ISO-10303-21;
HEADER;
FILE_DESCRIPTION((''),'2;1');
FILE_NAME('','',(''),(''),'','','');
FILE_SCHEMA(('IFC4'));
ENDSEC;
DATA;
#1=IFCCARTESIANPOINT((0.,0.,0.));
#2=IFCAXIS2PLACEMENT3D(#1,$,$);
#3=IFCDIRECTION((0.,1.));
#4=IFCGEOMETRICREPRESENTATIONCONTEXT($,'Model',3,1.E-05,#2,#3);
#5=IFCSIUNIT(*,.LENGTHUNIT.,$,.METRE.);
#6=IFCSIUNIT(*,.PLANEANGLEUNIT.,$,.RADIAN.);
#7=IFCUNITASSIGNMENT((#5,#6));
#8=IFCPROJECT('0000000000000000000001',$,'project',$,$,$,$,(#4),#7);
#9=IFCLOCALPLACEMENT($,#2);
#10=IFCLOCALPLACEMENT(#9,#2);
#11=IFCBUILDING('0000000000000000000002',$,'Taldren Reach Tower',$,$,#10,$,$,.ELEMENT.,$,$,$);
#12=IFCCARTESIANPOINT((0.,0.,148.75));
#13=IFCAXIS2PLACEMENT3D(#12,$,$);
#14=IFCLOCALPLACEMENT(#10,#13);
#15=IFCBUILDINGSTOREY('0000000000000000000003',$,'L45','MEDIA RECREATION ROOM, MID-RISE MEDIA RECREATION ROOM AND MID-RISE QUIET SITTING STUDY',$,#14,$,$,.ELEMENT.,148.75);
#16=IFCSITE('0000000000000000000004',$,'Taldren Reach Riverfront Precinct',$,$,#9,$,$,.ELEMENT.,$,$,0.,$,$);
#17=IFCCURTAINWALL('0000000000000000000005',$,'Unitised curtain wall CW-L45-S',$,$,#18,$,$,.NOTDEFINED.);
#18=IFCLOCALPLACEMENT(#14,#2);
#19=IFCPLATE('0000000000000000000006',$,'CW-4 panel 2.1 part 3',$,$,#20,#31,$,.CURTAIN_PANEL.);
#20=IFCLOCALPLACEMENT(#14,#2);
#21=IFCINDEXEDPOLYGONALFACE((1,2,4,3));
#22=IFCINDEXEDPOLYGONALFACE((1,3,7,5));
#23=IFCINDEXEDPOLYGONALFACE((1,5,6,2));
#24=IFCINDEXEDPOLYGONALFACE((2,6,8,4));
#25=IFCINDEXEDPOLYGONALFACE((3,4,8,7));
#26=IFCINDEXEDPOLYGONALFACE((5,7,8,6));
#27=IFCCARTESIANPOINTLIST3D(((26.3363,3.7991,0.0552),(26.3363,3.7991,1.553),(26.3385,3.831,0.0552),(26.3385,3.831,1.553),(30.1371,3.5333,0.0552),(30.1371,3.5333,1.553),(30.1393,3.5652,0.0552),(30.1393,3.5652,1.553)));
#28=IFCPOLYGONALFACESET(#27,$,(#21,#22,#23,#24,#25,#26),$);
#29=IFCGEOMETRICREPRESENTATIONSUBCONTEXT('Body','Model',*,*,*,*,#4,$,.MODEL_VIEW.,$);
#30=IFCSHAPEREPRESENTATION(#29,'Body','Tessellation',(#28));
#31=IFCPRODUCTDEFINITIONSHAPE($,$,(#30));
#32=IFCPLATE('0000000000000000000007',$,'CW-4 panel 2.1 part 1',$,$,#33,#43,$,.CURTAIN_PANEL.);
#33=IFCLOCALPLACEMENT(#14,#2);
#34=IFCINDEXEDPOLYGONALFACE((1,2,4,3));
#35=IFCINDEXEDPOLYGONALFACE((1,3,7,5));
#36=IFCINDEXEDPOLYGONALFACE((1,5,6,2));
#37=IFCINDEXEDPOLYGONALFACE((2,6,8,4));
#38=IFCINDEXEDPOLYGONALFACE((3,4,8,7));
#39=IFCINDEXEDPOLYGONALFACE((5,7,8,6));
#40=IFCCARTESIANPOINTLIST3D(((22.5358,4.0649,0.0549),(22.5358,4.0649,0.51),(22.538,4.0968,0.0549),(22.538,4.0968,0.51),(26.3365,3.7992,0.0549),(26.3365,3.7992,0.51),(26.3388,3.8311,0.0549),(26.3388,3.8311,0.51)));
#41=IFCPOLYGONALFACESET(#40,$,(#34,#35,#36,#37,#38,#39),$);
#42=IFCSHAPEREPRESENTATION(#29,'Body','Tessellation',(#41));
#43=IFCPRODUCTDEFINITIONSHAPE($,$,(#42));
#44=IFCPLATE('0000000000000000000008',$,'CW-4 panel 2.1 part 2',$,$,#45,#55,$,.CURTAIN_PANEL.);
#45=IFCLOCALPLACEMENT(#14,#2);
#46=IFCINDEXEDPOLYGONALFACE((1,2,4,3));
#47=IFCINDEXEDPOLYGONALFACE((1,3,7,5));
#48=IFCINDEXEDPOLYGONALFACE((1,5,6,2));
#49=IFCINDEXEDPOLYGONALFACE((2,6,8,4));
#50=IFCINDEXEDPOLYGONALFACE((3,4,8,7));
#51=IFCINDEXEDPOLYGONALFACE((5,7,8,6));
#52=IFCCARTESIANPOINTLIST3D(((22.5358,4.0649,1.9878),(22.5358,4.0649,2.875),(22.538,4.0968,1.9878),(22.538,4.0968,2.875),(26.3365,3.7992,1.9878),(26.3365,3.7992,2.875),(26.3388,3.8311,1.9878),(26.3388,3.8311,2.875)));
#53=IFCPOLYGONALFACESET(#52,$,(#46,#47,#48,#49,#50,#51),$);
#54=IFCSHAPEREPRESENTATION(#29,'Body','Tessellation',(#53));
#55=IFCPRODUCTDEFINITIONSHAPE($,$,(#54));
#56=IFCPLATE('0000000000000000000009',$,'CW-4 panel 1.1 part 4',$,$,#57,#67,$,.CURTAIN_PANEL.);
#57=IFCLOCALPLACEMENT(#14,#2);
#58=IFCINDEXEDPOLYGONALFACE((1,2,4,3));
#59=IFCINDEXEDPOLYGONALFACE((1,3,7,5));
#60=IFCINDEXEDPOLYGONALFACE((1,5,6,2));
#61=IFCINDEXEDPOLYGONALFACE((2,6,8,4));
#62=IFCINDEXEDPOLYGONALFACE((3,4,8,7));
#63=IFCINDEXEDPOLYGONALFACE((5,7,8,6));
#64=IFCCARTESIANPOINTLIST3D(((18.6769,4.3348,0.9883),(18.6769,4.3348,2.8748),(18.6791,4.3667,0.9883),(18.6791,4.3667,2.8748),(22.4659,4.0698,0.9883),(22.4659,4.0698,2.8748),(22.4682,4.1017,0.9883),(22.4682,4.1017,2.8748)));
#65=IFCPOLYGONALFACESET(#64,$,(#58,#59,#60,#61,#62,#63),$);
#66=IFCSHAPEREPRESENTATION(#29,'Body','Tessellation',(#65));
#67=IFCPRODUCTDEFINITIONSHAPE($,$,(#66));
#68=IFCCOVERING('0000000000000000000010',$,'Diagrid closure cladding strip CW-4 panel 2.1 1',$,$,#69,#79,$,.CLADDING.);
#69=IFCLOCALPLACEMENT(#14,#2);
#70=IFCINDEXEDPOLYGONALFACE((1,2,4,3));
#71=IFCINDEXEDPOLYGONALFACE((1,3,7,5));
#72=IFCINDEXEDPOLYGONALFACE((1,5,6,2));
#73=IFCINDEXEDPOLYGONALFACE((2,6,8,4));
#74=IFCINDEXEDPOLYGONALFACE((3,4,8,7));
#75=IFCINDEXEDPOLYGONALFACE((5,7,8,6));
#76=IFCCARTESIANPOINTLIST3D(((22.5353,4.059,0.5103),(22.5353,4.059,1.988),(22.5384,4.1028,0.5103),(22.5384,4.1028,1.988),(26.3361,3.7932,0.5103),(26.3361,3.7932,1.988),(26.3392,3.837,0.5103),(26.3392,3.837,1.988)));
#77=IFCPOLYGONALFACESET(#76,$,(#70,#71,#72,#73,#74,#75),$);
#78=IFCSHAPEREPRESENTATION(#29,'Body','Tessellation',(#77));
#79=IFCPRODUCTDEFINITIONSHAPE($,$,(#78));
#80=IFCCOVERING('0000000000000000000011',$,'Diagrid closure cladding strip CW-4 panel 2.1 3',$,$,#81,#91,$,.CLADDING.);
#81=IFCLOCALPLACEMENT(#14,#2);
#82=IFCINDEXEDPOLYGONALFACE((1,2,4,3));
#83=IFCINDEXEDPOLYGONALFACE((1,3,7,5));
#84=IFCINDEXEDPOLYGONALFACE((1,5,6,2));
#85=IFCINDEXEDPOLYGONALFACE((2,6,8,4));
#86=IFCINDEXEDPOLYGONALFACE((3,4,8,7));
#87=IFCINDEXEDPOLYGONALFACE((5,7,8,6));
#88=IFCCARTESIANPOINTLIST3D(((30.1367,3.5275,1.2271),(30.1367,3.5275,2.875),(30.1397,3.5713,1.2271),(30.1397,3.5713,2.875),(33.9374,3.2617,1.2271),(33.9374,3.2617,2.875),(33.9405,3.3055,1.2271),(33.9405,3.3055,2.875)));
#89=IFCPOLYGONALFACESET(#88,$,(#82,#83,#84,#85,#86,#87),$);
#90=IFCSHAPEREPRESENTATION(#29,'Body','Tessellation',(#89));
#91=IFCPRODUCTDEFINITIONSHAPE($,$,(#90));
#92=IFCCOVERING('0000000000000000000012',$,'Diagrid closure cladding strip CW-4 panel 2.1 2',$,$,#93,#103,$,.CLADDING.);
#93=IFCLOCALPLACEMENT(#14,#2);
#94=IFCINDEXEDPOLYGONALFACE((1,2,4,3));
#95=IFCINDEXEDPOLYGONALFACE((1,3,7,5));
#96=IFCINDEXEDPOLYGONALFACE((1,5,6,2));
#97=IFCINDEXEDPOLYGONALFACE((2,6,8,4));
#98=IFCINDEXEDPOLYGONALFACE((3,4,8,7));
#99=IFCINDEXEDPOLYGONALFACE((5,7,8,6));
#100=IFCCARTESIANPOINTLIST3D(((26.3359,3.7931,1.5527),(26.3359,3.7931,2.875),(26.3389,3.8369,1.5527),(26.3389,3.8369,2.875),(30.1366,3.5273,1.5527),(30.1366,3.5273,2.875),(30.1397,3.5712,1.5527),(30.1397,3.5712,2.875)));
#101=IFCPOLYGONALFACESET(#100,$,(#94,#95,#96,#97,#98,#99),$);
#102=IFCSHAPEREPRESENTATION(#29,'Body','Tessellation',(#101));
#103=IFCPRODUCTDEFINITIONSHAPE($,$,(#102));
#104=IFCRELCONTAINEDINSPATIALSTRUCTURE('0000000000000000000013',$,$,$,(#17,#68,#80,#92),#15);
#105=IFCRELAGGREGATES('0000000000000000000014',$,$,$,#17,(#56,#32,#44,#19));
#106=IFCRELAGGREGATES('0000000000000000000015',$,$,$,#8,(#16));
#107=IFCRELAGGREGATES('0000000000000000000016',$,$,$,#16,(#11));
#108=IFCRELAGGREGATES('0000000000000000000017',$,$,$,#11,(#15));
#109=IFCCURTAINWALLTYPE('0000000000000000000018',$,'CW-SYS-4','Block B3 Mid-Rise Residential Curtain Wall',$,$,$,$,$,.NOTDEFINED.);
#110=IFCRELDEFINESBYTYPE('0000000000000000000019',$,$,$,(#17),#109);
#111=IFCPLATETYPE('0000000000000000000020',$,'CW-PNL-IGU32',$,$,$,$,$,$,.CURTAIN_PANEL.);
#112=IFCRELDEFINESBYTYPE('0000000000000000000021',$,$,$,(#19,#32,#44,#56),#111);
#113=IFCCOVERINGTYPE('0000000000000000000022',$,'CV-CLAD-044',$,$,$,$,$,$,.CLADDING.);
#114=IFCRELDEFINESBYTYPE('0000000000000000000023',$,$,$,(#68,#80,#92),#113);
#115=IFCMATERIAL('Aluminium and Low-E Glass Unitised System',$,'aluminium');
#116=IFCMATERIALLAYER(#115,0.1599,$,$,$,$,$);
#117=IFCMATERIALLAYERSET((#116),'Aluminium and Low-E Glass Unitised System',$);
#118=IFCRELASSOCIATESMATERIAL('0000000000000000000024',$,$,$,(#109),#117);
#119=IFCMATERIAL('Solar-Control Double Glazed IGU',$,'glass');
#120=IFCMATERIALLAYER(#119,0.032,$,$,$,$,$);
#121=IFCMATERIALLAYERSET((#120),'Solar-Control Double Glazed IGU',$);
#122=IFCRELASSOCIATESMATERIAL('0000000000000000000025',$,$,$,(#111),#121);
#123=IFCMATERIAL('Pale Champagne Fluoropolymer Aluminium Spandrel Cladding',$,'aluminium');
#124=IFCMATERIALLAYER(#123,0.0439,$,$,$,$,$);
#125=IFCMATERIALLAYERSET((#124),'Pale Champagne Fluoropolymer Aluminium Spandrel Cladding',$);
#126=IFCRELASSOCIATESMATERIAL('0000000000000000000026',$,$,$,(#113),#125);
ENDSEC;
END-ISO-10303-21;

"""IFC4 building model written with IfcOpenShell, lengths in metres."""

from ifc_helpers import new_model, si_unit, direction, frame, origin, origin_2d, place, context, subcontext, project, spatial, rectangle, extrude, source, transform, mapped, material, layer, layer_set, type_object, element, aggregate, save


model = new_model("IFC4")

# Units and contexts
model_context = context("Model", 3, precision=1e-05, world=origin(), true_north=direction((0.0, 1.0)))
body_context = subcontext(model_context, "Body", "Model", "MODEL_VIEW")
ifc_project = project(units=[si_unit("LENGTHUNIT", "METRE"), si_unit("PLANEANGLEUNIT", "RADIAN")], contexts=[model_context])

# Site, building, storey
site_placement = place(None, origin())
site = spatial("IfcSite", under=ifc_project, at=site_placement, Name="Taldren Reach Riverfront Precinct", CompositionType="ELEMENT", RefElevation=0.0)
building_placement = place(site_placement, origin())
building = spatial("IfcBuilding", under=site, at=building_placement, Name="Taldren Reach Tower", CompositionType="ELEMENT")
storey_placement = place(building_placement, frame((0.0, 0.0, 148.75)))
storey = spatial("IfcBuildingStorey", under=building, at=storey_placement, Name="L45", Description="MEDIA RECREATION ROOM, MID-RISE MEDIA RECREATION ROOM AND MID-RISE QUIET SITTING STUDY", CompositionType="ELEMENT", Elevation=148.75)

# Curtain wall
ifc_material_1 = material(Name="Aluminium and Low-E Glass Unitised System", Category="aluminium")
ifc_layer_1 = layer(ifc_material_1, 0.1599)
ifc_layer_set_1 = layer_set([ifc_layer_1], Name="Aluminium and Low-E Glass Unitised System")
curtain_wall_type = type_object("IfcCurtainWallType", Name="CW-SYS-4", Description="Block B3 Mid-Rise Residential Curtain Wall", PredefinedType="NOTDEFINED", material=ifc_layer_set_1)
curtain_wall_placement = place(storey_placement, origin())
curtain_wall = element("IfcCurtainWall", 1, at=curtain_wall_placement, inside=storey, type_object=curtain_wall_type, Name="Unitised curtain wall CW-L45-S", PredefinedType="NOTDEFINED")

# Plates
ifc_material_2 = material(Name="Solar-Control Double Glazed IGU", Category="glass")
ifc_layer_2 = layer(ifc_material_2, 0.032)
ifc_layer_set_2 = layer_set([ifc_layer_2], Name="Solar-Control Double Glazed IGU")
plate_type_1 = type_object("IfcPlateType", Name="CW-PNL-IGU32", PredefinedType="CURTAIN_PANEL", material=ifc_layer_set_2)
shared_shape_1 = source(origin(), body_context, "Body", "SweptSolid", [
    extrude(rectangle(XDim=3.8101, YDim=0.032, at=origin_2d()), origin(), (0.0, 0.0, 1.0), 1.4978),
])
plate_1_placement = place(storey_placement, frame((28.2378, 3.6821, 0.0552), z_axis=(0.0, 0.0, 1.0), x_axis=(0.997564, -0.069757, 0.0)))
plate_1 = element("IfcPlate", 2, at=plate_1_placement, type_object=plate_type_1, Name="CW-4 panel 2.1 part 3", PredefinedType="CURTAIN_PANEL", context=body_context, shape_type="MappedRepresentation", body=[
    mapped(shared_shape_1, transform((0.0, 0.0, 0.0), scale=1.0)),
])
shared_shape_2 = source(origin(), body_context, "Body", "SweptSolid", [
    extrude(rectangle(XDim=3.8101, YDim=0.032, at=origin_2d()), origin(), (0.0, 0.0, 1.0), 0.4551),
])
plate_2_placement = place(storey_placement, frame((24.4373, 3.948, 0.0549), z_axis=(0.0, 0.0, 1.0), x_axis=(0.997564, -0.069757, 0.0)))
plate_2 = element("IfcPlate", 3, at=plate_2_placement, type_object=plate_type_1, Name="CW-4 panel 2.1 part 1", PredefinedType="CURTAIN_PANEL", context=body_context, shape_type="MappedRepresentation", body=[
    mapped(shared_shape_2, transform((0.0, 0.0, 0.0), scale=1.0)),
])
shared_shape_3 = source(origin(), body_context, "Body", "SweptSolid", [
    extrude(rectangle(XDim=3.8101, YDim=0.032, at=origin_2d()), origin(), (0.0, 0.0, 1.0), 0.8872),
])
plate_3_placement = place(storey_placement, frame((24.4373, 3.948, 1.9878), z_axis=(0.0, 0.0, 1.0), x_axis=(0.997564, -0.069757, 0.0)))
plate_3 = element("IfcPlate", 4, at=plate_3_placement, type_object=plate_type_1, Name="CW-4 panel 2.1 part 2", PredefinedType="CURTAIN_PANEL", context=body_context, shape_type="MappedRepresentation", body=[
    mapped(shared_shape_3, transform((0.0, 0.0, 0.0), scale=1.0)),
])
shared_shape_4 = source(origin(), body_context, "Body", "SweptSolid", [
    extrude(rectangle(XDim=3.7983, YDim=0.032, at=origin_2d()), origin(), (0.0, 0.0, 1.0), 1.8865),
])
plate_4_placement = place(storey_placement, frame((20.5725, 4.2183, 0.9883), z_axis=(0.0, 0.0, 1.0), x_axis=(0.997564, -0.069757, 0.0)))
plate_4 = element("IfcPlate", 5, at=plate_4_placement, type_object=plate_type_1, Name="CW-4 panel 1.1 part 4", PredefinedType="CURTAIN_PANEL", context=body_context, shape_type="MappedRepresentation", body=[
    mapped(shared_shape_4, transform((0.0, 0.0, 0.0), scale=1.0)),
])
aggregate(curtain_wall, [plate_4, plate_2, plate_3, plate_1])

# Coverings
ifc_material_3 = material(Name="Pale Champagne Fluoropolymer Aluminium Spandrel Cladding", Category="aluminium")
ifc_layer_3 = layer(ifc_material_3, 0.0439)
ifc_layer_set_3 = layer_set([ifc_layer_3], Name="Pale Champagne Fluoropolymer Aluminium Spandrel Cladding")
covering_type = type_object("IfcCoveringType", Name="CV-CLAD-044", PredefinedType="CLADDING", material=ifc_layer_set_3)
shared_shape_5 = source(origin(), body_context, "Body", "SweptSolid", [
    extrude(rectangle(XDim=3.8101, YDim=0.0439, at=origin_2d()), origin(), (0.0, 0.0, 1.0), 1.4778),
])
covering_1_placement = place(storey_placement, frame((24.4373, 3.948, 0.5103), z_axis=(0.0, 0.0, 1.0), x_axis=(0.997564, -0.069757, 0.0)))
element("IfcCovering", 6, at=covering_1_placement, inside=storey, type_object=covering_type, Name="Diagrid closure cladding strip CW-4 panel 2.1 1", PredefinedType="CLADDING", context=body_context, shape_type="MappedRepresentation", body=[
    mapped(shared_shape_5, transform((0.0, 0.0, 0.0), scale=1.0)),
])
shared_shape_6 = source(origin(), body_context, "Body", "SweptSolid", [
    extrude(rectangle(XDim=3.8101, YDim=0.0439, at=origin_2d()), origin(), (0.0, 0.0, 1.0), 1.6479),
])
covering_2_placement = place(storey_placement, frame((32.0386, 3.4165, 1.2271), z_axis=(0.0, 0.0, 1.0), x_axis=(0.997564, -0.069757, 0.0)))
element("IfcCovering", 7, at=covering_2_placement, inside=storey, type_object=covering_type, Name="Diagrid closure cladding strip CW-4 panel 2.1 3", PredefinedType="CLADDING", context=body_context, shape_type="MappedRepresentation", body=[
    mapped(shared_shape_6, transform((0.0, 0.0, 0.0), scale=1.0)),
])
shared_shape_7 = source(origin(), body_context, "Body", "SweptSolid", [
    extrude(rectangle(XDim=3.8101, YDim=0.0439, at=origin_2d()), origin(), (0.0, 0.0, 1.0), 1.3223),
])
covering_3_placement = place(storey_placement, frame((28.2378, 3.6821, 1.5527), z_axis=(0.0, 0.0, 1.0), x_axis=(0.997564, -0.069757, 0.0)))
element("IfcCovering", 8, at=covering_3_placement, inside=storey, type_object=covering_type, Name="Diagrid closure cladding strip CW-4 panel 2.1 2", PredefinedType="CLADDING", context=body_context, shape_type="MappedRepresentation", body=[
    mapped(shared_shape_7, transform((0.0, 0.0, 0.0), scale=1.0)),
])

save(model, "model.ifc")
